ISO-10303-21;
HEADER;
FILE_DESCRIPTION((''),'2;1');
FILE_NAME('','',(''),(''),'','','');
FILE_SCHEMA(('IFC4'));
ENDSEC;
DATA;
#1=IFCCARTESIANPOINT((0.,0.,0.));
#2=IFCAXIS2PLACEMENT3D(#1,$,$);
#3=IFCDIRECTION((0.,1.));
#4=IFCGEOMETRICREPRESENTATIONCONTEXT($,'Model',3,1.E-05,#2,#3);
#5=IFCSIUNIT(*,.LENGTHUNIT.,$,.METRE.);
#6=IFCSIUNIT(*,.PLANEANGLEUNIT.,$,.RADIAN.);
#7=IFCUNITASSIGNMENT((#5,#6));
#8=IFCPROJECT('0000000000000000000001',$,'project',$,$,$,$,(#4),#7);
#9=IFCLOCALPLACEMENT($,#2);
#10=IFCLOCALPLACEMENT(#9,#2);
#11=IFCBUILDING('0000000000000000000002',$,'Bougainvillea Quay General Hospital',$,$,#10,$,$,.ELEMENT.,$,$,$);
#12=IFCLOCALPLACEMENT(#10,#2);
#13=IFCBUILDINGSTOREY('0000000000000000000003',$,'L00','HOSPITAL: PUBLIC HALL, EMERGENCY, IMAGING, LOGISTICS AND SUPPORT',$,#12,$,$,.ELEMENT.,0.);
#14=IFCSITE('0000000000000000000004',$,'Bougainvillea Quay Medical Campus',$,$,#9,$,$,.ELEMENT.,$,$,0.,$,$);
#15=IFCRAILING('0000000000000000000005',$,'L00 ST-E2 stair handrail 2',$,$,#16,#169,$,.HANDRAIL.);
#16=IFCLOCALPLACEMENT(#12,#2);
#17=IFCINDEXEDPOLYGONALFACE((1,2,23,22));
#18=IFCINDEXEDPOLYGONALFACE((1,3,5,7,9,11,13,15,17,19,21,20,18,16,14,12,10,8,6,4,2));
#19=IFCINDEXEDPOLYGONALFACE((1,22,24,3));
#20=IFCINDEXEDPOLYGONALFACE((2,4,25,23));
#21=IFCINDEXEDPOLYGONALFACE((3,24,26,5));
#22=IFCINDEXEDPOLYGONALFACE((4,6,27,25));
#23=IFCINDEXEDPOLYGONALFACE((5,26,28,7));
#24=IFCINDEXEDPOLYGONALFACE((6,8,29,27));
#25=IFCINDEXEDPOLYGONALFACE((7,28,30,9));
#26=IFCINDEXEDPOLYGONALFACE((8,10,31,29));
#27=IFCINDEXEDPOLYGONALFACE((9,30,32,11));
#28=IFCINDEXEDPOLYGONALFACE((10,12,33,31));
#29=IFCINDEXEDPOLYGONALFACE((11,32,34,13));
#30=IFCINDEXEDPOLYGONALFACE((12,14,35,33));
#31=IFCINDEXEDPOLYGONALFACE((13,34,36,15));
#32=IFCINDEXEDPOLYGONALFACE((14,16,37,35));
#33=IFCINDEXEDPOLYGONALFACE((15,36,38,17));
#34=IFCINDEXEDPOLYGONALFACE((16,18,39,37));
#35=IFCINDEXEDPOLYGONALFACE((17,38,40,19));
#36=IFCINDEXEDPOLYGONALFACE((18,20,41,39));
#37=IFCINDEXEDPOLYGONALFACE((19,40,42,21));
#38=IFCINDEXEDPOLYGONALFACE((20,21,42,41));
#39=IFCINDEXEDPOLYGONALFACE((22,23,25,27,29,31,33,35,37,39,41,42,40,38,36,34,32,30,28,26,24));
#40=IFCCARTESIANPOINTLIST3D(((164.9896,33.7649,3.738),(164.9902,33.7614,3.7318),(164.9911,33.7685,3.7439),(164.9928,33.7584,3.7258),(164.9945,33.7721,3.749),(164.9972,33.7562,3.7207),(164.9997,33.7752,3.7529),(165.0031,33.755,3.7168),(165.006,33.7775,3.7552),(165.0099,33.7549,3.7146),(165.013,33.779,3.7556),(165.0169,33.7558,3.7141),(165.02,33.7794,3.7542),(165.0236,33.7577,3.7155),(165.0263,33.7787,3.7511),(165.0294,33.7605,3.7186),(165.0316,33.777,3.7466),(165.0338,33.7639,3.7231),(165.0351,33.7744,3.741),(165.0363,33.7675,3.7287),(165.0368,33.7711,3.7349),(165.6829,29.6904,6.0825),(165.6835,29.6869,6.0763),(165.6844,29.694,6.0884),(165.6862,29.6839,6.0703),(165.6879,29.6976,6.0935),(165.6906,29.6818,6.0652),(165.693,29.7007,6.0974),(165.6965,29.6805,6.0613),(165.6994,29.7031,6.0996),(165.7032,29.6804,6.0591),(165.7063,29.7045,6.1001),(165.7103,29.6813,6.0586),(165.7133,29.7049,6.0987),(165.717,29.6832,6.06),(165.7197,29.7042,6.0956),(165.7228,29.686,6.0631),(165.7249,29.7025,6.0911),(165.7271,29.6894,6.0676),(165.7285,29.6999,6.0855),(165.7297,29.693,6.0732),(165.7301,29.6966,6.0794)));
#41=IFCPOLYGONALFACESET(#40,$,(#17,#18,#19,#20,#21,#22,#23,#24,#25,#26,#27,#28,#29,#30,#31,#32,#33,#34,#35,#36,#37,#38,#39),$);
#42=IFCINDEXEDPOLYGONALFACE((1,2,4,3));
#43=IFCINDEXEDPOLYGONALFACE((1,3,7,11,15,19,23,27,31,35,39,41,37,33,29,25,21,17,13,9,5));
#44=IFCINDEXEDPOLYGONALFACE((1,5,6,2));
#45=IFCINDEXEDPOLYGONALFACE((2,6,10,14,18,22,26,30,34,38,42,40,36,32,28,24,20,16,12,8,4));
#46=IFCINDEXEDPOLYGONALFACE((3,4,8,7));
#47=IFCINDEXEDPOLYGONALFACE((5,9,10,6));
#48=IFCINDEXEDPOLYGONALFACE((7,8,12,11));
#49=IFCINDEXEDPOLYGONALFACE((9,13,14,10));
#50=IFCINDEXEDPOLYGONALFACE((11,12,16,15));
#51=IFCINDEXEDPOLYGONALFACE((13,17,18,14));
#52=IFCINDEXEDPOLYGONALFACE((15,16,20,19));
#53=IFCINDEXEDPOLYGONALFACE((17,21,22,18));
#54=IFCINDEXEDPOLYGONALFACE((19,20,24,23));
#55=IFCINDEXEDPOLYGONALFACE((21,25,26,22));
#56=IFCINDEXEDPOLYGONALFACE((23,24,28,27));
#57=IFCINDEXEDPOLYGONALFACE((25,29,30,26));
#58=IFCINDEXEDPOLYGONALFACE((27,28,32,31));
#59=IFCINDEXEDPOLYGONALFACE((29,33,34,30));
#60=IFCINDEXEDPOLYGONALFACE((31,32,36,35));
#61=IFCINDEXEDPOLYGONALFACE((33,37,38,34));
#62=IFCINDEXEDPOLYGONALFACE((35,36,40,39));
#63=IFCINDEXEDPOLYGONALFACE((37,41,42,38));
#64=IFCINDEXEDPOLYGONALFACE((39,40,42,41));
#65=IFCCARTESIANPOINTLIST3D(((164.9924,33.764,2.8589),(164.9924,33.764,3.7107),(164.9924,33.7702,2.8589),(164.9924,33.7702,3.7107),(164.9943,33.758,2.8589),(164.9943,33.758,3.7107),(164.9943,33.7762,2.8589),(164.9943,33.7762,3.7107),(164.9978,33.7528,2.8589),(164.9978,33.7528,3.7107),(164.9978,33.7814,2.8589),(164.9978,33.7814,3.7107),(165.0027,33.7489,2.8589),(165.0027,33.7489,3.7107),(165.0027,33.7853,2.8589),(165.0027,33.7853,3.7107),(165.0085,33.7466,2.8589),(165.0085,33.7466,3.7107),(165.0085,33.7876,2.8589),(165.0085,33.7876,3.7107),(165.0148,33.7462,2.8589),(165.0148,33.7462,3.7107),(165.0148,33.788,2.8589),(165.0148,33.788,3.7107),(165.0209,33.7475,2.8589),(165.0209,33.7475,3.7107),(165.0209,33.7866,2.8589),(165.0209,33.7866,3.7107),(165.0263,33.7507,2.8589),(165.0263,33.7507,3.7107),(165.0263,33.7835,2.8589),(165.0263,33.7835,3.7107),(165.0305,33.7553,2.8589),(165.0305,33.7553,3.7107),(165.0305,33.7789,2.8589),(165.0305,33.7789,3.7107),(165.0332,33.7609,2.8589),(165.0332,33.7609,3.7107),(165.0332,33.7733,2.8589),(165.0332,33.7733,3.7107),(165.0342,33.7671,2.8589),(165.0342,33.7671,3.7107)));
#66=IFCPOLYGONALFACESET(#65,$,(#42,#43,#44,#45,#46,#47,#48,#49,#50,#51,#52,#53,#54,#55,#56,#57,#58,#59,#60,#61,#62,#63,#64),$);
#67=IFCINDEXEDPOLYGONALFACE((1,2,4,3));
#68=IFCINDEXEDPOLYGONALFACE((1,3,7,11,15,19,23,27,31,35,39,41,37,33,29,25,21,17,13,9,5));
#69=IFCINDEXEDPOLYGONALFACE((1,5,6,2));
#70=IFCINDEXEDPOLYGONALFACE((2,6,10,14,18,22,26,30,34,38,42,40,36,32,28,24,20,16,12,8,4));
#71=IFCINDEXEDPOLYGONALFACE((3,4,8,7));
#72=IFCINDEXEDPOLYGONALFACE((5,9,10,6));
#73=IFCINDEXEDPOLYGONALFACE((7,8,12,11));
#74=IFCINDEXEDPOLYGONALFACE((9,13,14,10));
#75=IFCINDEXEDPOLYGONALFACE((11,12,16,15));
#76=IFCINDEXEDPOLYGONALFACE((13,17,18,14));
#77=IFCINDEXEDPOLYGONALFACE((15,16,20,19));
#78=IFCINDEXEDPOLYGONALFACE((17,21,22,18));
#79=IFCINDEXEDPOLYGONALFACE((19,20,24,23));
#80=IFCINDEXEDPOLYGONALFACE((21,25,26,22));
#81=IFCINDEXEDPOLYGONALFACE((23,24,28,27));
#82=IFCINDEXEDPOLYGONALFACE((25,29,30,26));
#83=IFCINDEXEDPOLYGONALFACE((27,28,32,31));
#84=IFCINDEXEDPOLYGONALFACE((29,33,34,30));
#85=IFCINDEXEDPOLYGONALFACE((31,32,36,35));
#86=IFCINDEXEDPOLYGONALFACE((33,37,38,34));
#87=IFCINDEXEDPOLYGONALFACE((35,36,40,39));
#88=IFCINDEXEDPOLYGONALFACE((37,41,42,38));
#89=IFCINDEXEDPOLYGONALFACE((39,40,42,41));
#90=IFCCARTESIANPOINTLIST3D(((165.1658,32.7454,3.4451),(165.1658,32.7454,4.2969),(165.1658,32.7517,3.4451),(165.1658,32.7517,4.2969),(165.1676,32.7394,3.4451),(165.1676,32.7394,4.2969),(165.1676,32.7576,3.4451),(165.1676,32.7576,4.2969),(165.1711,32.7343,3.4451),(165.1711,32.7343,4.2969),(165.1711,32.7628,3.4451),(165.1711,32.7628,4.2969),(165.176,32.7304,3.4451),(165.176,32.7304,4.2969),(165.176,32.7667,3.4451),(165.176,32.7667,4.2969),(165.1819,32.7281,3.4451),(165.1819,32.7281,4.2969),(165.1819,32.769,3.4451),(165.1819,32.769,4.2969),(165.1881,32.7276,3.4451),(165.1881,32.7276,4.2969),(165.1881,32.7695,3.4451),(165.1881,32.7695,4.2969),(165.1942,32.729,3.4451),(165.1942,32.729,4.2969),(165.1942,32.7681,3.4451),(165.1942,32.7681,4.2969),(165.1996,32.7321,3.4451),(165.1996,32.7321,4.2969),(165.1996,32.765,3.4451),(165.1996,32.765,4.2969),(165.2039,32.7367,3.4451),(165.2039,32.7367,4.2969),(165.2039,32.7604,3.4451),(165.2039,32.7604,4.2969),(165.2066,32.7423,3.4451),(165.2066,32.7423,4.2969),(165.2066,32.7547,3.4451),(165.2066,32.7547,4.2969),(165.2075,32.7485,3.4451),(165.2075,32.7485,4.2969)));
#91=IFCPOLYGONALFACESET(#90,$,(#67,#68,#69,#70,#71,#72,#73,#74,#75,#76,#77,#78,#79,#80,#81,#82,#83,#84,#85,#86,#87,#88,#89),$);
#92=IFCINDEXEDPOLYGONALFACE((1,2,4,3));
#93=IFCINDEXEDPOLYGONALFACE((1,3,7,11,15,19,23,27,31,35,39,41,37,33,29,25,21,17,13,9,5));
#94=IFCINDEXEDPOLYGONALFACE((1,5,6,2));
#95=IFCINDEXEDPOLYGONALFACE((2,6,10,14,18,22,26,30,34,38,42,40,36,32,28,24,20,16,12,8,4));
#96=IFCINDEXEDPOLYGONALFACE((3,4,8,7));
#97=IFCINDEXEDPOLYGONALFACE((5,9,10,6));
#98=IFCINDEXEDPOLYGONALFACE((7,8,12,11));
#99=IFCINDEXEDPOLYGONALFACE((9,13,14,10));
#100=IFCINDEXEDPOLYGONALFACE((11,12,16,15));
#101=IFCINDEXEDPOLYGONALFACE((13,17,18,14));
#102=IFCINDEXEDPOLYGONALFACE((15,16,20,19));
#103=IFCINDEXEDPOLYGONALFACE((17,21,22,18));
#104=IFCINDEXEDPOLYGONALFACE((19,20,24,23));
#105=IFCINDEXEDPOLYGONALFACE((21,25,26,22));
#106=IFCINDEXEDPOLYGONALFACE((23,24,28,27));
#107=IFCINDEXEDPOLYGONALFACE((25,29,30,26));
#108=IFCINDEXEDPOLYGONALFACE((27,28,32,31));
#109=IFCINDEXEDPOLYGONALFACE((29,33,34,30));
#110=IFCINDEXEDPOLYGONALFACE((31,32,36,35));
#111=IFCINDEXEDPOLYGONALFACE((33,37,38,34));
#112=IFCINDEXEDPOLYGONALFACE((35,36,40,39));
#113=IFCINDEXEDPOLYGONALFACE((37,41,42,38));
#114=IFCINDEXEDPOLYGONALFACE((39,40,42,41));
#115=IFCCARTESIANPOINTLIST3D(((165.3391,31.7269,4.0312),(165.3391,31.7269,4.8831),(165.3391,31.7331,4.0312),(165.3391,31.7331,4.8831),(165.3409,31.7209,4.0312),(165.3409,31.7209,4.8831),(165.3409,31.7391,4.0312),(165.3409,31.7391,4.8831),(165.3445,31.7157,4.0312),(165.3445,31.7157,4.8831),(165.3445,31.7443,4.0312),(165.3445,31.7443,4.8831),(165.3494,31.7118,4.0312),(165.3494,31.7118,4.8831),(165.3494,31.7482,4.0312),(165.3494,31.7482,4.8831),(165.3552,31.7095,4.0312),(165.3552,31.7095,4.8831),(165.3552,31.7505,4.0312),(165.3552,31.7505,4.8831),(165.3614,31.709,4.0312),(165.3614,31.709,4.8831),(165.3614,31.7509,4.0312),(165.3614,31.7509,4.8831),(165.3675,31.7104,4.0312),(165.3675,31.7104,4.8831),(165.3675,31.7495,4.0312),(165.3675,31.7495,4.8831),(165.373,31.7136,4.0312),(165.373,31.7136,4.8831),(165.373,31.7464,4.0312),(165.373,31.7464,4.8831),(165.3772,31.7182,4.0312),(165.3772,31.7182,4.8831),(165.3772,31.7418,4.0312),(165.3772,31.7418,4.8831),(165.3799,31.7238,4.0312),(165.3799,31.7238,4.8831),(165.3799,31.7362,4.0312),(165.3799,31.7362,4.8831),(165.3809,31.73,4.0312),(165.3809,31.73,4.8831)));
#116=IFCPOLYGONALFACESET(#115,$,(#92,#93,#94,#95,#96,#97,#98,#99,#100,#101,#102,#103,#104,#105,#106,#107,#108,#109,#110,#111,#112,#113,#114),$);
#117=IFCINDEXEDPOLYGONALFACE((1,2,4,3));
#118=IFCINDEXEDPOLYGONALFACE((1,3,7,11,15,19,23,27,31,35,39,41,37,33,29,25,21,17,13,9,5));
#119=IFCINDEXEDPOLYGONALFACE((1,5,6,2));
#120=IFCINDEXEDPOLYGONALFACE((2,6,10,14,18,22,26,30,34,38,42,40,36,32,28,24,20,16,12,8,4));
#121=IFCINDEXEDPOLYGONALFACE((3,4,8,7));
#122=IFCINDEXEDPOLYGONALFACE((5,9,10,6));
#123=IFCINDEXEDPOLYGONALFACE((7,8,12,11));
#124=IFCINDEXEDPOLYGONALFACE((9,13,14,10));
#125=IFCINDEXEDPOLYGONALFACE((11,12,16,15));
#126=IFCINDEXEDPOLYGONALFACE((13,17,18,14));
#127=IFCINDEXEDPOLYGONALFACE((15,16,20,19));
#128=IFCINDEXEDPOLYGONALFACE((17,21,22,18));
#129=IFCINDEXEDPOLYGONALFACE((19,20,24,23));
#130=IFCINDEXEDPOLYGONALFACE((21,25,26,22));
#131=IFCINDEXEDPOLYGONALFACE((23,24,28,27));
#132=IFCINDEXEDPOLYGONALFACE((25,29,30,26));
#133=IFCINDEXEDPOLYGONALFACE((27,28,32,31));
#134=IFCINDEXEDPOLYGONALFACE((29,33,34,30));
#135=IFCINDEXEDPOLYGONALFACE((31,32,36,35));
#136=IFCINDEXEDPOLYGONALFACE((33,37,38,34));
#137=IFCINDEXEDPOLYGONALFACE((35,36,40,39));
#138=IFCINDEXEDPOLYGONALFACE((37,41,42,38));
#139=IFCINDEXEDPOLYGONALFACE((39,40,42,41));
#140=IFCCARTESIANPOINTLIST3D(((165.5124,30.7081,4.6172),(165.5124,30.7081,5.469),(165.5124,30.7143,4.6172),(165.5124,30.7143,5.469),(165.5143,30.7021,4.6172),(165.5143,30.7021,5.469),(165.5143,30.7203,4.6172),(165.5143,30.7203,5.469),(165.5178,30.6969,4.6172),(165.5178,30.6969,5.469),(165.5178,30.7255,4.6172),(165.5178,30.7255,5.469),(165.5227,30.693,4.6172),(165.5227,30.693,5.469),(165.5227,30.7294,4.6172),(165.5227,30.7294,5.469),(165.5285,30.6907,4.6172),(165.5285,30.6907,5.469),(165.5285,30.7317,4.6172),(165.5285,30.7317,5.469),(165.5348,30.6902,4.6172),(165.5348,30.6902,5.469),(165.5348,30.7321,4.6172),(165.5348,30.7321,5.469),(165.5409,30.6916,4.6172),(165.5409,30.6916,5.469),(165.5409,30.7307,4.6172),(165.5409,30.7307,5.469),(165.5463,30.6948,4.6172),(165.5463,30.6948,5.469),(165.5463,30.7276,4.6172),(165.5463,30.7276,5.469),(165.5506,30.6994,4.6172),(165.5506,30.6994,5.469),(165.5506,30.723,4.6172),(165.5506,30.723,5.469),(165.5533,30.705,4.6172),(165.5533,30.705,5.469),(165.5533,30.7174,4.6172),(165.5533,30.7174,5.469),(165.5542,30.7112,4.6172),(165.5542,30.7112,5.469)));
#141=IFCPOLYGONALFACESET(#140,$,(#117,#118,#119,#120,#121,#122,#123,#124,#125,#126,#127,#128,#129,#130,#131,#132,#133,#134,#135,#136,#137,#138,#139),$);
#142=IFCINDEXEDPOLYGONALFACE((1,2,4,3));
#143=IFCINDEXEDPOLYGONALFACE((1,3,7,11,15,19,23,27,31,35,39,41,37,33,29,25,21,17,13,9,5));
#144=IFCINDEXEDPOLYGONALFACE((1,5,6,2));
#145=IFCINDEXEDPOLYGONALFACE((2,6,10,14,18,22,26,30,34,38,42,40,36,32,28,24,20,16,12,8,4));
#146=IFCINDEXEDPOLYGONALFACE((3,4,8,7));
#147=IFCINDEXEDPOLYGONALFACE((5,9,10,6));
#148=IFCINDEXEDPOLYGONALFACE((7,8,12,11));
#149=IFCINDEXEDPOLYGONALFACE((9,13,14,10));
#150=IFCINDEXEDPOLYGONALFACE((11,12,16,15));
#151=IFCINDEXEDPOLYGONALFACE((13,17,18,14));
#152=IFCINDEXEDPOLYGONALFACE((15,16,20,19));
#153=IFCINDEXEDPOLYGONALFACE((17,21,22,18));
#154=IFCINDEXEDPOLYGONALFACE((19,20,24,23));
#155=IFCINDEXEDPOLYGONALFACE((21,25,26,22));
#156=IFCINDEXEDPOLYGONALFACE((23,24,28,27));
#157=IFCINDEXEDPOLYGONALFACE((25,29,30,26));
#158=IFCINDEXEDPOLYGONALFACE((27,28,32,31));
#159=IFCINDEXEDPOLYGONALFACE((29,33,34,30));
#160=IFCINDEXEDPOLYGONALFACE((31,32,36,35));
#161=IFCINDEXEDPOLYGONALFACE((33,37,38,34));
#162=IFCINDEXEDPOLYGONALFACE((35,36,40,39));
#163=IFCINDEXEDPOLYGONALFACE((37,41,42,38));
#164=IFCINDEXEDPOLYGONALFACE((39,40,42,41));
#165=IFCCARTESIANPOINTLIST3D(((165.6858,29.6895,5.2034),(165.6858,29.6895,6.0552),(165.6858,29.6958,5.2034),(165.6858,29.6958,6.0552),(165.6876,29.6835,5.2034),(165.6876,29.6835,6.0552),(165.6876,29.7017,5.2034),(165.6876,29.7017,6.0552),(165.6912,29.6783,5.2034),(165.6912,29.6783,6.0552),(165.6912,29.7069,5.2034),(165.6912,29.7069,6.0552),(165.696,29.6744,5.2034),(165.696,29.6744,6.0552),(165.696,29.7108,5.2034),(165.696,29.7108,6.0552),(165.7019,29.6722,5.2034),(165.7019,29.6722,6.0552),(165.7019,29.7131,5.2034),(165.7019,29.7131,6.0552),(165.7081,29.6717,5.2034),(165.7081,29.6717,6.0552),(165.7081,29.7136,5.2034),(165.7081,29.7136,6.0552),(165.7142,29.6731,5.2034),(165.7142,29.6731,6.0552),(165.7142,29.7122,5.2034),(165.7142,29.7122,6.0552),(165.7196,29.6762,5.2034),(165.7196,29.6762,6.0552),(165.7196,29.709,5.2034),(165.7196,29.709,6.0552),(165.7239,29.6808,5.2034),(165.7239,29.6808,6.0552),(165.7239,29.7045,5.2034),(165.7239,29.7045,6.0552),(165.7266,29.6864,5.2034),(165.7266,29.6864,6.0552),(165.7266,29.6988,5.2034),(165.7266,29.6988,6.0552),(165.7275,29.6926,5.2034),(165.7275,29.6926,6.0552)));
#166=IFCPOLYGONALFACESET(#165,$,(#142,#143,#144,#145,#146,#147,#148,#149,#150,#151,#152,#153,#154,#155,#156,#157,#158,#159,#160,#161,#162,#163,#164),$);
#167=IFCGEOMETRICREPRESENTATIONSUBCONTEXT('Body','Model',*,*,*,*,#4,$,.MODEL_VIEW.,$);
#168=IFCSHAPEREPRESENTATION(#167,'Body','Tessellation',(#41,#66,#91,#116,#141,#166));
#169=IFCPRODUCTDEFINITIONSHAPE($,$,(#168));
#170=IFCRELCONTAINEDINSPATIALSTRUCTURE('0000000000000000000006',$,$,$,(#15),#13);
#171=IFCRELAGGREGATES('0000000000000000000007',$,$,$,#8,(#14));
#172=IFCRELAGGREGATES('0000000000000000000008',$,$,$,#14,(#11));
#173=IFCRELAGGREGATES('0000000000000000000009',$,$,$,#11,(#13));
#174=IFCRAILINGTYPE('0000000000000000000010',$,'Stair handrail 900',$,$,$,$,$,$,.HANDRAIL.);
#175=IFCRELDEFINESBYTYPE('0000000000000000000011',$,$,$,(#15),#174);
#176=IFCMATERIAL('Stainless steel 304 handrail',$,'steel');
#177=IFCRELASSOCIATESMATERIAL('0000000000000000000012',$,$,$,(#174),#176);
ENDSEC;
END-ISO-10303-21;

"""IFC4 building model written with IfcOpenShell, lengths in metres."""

from ifc_helpers import new_model, si_unit, direction, frame, origin, origin_2d, place, context, subcontext, project, spatial, circle, extrude, material, type_object, element, save


model = new_model("IFC4")

# Units and contexts
model_context = context("Model", 3, precision=1e-05, world=origin(), true_north=direction((0.0, 1.0)))
body_context = subcontext(model_context, "Body", "Model", "MODEL_VIEW")
ifc_project = project(units=[si_unit("LENGTHUNIT", "METRE"), si_unit("PLANEANGLEUNIT", "RADIAN")], contexts=[model_context])

# Site, building, storey
site_placement = place(None, origin())
site = spatial("IfcSite", under=ifc_project, at=site_placement, Name="Bougainvillea Quay Medical Campus", CompositionType="ELEMENT", RefElevation=0.0)
building_placement = place(site_placement, origin())
building = spatial("IfcBuilding", under=site, at=building_placement, Name="Bougainvillea Quay General Hospital", CompositionType="ELEMENT")
storey_placement = place(building_placement, origin())
storey = spatial("IfcBuildingStorey", under=building, at=storey_placement, Name="L00", Description="HOSPITAL: PUBLIC HALL, EMERGENCY, IMAGING, LOGISTICS AND SUPPORT", CompositionType="ELEMENT", Elevation=0.0)

# Railing
ifc_material_1 = material(Name="Stainless steel 304 handrail", Category="steel")
railing_type = type_object("IfcRailingType", Name="Stair handrail 900", PredefinedType="HANDRAIL", material=ifc_material_1)
railing_placement = place(storey_placement, frame((165.0132, 33.7671, 2.8589)))
element("IfcRailing", 1, at=railing_placement, inside=storey, type_object=railing_type, Name="L00 ST-E2 stair handrail 2", PredefinedType="HANDRAIL", context=body_context, shape_type="SweptSolid", body=[
    extrude(circle(Radius=0.0239, at=origin_2d()), frame((0.0, 0.0, 0.876), z_axis=(0.145918, -0.857476, 0.493399), x_axis=(0.985828, 0.16776, 0.0)), (0.0, 0.0, 1.0), 4.7517),
    extrude(circle(Radius=0.021, at=origin_2d()), origin(), (0.0, 0.0, 1.0), 0.8518),
    extrude(circle(Radius=0.021, at=origin_2d()), frame((0.1733, -1.0186, 0.5862)), (0.0, 0.0, 1.0), 0.8518),
    extrude(circle(Radius=0.021, at=origin_2d()), frame((0.3467, -2.0371, 1.1724)), (0.0, 0.0, 1.0), 0.8518),
    extrude(circle(Radius=0.021, at=origin_2d()), frame((0.52, -3.0559, 1.7583)), (0.0, 0.0, 1.0), 0.8518),
    extrude(circle(Radius=0.021, at=origin_2d()), frame((0.6934, -4.0745, 2.3445)), (0.0, 0.0, 1.0), 0.8518),
])

save(model, "model.ifc")
